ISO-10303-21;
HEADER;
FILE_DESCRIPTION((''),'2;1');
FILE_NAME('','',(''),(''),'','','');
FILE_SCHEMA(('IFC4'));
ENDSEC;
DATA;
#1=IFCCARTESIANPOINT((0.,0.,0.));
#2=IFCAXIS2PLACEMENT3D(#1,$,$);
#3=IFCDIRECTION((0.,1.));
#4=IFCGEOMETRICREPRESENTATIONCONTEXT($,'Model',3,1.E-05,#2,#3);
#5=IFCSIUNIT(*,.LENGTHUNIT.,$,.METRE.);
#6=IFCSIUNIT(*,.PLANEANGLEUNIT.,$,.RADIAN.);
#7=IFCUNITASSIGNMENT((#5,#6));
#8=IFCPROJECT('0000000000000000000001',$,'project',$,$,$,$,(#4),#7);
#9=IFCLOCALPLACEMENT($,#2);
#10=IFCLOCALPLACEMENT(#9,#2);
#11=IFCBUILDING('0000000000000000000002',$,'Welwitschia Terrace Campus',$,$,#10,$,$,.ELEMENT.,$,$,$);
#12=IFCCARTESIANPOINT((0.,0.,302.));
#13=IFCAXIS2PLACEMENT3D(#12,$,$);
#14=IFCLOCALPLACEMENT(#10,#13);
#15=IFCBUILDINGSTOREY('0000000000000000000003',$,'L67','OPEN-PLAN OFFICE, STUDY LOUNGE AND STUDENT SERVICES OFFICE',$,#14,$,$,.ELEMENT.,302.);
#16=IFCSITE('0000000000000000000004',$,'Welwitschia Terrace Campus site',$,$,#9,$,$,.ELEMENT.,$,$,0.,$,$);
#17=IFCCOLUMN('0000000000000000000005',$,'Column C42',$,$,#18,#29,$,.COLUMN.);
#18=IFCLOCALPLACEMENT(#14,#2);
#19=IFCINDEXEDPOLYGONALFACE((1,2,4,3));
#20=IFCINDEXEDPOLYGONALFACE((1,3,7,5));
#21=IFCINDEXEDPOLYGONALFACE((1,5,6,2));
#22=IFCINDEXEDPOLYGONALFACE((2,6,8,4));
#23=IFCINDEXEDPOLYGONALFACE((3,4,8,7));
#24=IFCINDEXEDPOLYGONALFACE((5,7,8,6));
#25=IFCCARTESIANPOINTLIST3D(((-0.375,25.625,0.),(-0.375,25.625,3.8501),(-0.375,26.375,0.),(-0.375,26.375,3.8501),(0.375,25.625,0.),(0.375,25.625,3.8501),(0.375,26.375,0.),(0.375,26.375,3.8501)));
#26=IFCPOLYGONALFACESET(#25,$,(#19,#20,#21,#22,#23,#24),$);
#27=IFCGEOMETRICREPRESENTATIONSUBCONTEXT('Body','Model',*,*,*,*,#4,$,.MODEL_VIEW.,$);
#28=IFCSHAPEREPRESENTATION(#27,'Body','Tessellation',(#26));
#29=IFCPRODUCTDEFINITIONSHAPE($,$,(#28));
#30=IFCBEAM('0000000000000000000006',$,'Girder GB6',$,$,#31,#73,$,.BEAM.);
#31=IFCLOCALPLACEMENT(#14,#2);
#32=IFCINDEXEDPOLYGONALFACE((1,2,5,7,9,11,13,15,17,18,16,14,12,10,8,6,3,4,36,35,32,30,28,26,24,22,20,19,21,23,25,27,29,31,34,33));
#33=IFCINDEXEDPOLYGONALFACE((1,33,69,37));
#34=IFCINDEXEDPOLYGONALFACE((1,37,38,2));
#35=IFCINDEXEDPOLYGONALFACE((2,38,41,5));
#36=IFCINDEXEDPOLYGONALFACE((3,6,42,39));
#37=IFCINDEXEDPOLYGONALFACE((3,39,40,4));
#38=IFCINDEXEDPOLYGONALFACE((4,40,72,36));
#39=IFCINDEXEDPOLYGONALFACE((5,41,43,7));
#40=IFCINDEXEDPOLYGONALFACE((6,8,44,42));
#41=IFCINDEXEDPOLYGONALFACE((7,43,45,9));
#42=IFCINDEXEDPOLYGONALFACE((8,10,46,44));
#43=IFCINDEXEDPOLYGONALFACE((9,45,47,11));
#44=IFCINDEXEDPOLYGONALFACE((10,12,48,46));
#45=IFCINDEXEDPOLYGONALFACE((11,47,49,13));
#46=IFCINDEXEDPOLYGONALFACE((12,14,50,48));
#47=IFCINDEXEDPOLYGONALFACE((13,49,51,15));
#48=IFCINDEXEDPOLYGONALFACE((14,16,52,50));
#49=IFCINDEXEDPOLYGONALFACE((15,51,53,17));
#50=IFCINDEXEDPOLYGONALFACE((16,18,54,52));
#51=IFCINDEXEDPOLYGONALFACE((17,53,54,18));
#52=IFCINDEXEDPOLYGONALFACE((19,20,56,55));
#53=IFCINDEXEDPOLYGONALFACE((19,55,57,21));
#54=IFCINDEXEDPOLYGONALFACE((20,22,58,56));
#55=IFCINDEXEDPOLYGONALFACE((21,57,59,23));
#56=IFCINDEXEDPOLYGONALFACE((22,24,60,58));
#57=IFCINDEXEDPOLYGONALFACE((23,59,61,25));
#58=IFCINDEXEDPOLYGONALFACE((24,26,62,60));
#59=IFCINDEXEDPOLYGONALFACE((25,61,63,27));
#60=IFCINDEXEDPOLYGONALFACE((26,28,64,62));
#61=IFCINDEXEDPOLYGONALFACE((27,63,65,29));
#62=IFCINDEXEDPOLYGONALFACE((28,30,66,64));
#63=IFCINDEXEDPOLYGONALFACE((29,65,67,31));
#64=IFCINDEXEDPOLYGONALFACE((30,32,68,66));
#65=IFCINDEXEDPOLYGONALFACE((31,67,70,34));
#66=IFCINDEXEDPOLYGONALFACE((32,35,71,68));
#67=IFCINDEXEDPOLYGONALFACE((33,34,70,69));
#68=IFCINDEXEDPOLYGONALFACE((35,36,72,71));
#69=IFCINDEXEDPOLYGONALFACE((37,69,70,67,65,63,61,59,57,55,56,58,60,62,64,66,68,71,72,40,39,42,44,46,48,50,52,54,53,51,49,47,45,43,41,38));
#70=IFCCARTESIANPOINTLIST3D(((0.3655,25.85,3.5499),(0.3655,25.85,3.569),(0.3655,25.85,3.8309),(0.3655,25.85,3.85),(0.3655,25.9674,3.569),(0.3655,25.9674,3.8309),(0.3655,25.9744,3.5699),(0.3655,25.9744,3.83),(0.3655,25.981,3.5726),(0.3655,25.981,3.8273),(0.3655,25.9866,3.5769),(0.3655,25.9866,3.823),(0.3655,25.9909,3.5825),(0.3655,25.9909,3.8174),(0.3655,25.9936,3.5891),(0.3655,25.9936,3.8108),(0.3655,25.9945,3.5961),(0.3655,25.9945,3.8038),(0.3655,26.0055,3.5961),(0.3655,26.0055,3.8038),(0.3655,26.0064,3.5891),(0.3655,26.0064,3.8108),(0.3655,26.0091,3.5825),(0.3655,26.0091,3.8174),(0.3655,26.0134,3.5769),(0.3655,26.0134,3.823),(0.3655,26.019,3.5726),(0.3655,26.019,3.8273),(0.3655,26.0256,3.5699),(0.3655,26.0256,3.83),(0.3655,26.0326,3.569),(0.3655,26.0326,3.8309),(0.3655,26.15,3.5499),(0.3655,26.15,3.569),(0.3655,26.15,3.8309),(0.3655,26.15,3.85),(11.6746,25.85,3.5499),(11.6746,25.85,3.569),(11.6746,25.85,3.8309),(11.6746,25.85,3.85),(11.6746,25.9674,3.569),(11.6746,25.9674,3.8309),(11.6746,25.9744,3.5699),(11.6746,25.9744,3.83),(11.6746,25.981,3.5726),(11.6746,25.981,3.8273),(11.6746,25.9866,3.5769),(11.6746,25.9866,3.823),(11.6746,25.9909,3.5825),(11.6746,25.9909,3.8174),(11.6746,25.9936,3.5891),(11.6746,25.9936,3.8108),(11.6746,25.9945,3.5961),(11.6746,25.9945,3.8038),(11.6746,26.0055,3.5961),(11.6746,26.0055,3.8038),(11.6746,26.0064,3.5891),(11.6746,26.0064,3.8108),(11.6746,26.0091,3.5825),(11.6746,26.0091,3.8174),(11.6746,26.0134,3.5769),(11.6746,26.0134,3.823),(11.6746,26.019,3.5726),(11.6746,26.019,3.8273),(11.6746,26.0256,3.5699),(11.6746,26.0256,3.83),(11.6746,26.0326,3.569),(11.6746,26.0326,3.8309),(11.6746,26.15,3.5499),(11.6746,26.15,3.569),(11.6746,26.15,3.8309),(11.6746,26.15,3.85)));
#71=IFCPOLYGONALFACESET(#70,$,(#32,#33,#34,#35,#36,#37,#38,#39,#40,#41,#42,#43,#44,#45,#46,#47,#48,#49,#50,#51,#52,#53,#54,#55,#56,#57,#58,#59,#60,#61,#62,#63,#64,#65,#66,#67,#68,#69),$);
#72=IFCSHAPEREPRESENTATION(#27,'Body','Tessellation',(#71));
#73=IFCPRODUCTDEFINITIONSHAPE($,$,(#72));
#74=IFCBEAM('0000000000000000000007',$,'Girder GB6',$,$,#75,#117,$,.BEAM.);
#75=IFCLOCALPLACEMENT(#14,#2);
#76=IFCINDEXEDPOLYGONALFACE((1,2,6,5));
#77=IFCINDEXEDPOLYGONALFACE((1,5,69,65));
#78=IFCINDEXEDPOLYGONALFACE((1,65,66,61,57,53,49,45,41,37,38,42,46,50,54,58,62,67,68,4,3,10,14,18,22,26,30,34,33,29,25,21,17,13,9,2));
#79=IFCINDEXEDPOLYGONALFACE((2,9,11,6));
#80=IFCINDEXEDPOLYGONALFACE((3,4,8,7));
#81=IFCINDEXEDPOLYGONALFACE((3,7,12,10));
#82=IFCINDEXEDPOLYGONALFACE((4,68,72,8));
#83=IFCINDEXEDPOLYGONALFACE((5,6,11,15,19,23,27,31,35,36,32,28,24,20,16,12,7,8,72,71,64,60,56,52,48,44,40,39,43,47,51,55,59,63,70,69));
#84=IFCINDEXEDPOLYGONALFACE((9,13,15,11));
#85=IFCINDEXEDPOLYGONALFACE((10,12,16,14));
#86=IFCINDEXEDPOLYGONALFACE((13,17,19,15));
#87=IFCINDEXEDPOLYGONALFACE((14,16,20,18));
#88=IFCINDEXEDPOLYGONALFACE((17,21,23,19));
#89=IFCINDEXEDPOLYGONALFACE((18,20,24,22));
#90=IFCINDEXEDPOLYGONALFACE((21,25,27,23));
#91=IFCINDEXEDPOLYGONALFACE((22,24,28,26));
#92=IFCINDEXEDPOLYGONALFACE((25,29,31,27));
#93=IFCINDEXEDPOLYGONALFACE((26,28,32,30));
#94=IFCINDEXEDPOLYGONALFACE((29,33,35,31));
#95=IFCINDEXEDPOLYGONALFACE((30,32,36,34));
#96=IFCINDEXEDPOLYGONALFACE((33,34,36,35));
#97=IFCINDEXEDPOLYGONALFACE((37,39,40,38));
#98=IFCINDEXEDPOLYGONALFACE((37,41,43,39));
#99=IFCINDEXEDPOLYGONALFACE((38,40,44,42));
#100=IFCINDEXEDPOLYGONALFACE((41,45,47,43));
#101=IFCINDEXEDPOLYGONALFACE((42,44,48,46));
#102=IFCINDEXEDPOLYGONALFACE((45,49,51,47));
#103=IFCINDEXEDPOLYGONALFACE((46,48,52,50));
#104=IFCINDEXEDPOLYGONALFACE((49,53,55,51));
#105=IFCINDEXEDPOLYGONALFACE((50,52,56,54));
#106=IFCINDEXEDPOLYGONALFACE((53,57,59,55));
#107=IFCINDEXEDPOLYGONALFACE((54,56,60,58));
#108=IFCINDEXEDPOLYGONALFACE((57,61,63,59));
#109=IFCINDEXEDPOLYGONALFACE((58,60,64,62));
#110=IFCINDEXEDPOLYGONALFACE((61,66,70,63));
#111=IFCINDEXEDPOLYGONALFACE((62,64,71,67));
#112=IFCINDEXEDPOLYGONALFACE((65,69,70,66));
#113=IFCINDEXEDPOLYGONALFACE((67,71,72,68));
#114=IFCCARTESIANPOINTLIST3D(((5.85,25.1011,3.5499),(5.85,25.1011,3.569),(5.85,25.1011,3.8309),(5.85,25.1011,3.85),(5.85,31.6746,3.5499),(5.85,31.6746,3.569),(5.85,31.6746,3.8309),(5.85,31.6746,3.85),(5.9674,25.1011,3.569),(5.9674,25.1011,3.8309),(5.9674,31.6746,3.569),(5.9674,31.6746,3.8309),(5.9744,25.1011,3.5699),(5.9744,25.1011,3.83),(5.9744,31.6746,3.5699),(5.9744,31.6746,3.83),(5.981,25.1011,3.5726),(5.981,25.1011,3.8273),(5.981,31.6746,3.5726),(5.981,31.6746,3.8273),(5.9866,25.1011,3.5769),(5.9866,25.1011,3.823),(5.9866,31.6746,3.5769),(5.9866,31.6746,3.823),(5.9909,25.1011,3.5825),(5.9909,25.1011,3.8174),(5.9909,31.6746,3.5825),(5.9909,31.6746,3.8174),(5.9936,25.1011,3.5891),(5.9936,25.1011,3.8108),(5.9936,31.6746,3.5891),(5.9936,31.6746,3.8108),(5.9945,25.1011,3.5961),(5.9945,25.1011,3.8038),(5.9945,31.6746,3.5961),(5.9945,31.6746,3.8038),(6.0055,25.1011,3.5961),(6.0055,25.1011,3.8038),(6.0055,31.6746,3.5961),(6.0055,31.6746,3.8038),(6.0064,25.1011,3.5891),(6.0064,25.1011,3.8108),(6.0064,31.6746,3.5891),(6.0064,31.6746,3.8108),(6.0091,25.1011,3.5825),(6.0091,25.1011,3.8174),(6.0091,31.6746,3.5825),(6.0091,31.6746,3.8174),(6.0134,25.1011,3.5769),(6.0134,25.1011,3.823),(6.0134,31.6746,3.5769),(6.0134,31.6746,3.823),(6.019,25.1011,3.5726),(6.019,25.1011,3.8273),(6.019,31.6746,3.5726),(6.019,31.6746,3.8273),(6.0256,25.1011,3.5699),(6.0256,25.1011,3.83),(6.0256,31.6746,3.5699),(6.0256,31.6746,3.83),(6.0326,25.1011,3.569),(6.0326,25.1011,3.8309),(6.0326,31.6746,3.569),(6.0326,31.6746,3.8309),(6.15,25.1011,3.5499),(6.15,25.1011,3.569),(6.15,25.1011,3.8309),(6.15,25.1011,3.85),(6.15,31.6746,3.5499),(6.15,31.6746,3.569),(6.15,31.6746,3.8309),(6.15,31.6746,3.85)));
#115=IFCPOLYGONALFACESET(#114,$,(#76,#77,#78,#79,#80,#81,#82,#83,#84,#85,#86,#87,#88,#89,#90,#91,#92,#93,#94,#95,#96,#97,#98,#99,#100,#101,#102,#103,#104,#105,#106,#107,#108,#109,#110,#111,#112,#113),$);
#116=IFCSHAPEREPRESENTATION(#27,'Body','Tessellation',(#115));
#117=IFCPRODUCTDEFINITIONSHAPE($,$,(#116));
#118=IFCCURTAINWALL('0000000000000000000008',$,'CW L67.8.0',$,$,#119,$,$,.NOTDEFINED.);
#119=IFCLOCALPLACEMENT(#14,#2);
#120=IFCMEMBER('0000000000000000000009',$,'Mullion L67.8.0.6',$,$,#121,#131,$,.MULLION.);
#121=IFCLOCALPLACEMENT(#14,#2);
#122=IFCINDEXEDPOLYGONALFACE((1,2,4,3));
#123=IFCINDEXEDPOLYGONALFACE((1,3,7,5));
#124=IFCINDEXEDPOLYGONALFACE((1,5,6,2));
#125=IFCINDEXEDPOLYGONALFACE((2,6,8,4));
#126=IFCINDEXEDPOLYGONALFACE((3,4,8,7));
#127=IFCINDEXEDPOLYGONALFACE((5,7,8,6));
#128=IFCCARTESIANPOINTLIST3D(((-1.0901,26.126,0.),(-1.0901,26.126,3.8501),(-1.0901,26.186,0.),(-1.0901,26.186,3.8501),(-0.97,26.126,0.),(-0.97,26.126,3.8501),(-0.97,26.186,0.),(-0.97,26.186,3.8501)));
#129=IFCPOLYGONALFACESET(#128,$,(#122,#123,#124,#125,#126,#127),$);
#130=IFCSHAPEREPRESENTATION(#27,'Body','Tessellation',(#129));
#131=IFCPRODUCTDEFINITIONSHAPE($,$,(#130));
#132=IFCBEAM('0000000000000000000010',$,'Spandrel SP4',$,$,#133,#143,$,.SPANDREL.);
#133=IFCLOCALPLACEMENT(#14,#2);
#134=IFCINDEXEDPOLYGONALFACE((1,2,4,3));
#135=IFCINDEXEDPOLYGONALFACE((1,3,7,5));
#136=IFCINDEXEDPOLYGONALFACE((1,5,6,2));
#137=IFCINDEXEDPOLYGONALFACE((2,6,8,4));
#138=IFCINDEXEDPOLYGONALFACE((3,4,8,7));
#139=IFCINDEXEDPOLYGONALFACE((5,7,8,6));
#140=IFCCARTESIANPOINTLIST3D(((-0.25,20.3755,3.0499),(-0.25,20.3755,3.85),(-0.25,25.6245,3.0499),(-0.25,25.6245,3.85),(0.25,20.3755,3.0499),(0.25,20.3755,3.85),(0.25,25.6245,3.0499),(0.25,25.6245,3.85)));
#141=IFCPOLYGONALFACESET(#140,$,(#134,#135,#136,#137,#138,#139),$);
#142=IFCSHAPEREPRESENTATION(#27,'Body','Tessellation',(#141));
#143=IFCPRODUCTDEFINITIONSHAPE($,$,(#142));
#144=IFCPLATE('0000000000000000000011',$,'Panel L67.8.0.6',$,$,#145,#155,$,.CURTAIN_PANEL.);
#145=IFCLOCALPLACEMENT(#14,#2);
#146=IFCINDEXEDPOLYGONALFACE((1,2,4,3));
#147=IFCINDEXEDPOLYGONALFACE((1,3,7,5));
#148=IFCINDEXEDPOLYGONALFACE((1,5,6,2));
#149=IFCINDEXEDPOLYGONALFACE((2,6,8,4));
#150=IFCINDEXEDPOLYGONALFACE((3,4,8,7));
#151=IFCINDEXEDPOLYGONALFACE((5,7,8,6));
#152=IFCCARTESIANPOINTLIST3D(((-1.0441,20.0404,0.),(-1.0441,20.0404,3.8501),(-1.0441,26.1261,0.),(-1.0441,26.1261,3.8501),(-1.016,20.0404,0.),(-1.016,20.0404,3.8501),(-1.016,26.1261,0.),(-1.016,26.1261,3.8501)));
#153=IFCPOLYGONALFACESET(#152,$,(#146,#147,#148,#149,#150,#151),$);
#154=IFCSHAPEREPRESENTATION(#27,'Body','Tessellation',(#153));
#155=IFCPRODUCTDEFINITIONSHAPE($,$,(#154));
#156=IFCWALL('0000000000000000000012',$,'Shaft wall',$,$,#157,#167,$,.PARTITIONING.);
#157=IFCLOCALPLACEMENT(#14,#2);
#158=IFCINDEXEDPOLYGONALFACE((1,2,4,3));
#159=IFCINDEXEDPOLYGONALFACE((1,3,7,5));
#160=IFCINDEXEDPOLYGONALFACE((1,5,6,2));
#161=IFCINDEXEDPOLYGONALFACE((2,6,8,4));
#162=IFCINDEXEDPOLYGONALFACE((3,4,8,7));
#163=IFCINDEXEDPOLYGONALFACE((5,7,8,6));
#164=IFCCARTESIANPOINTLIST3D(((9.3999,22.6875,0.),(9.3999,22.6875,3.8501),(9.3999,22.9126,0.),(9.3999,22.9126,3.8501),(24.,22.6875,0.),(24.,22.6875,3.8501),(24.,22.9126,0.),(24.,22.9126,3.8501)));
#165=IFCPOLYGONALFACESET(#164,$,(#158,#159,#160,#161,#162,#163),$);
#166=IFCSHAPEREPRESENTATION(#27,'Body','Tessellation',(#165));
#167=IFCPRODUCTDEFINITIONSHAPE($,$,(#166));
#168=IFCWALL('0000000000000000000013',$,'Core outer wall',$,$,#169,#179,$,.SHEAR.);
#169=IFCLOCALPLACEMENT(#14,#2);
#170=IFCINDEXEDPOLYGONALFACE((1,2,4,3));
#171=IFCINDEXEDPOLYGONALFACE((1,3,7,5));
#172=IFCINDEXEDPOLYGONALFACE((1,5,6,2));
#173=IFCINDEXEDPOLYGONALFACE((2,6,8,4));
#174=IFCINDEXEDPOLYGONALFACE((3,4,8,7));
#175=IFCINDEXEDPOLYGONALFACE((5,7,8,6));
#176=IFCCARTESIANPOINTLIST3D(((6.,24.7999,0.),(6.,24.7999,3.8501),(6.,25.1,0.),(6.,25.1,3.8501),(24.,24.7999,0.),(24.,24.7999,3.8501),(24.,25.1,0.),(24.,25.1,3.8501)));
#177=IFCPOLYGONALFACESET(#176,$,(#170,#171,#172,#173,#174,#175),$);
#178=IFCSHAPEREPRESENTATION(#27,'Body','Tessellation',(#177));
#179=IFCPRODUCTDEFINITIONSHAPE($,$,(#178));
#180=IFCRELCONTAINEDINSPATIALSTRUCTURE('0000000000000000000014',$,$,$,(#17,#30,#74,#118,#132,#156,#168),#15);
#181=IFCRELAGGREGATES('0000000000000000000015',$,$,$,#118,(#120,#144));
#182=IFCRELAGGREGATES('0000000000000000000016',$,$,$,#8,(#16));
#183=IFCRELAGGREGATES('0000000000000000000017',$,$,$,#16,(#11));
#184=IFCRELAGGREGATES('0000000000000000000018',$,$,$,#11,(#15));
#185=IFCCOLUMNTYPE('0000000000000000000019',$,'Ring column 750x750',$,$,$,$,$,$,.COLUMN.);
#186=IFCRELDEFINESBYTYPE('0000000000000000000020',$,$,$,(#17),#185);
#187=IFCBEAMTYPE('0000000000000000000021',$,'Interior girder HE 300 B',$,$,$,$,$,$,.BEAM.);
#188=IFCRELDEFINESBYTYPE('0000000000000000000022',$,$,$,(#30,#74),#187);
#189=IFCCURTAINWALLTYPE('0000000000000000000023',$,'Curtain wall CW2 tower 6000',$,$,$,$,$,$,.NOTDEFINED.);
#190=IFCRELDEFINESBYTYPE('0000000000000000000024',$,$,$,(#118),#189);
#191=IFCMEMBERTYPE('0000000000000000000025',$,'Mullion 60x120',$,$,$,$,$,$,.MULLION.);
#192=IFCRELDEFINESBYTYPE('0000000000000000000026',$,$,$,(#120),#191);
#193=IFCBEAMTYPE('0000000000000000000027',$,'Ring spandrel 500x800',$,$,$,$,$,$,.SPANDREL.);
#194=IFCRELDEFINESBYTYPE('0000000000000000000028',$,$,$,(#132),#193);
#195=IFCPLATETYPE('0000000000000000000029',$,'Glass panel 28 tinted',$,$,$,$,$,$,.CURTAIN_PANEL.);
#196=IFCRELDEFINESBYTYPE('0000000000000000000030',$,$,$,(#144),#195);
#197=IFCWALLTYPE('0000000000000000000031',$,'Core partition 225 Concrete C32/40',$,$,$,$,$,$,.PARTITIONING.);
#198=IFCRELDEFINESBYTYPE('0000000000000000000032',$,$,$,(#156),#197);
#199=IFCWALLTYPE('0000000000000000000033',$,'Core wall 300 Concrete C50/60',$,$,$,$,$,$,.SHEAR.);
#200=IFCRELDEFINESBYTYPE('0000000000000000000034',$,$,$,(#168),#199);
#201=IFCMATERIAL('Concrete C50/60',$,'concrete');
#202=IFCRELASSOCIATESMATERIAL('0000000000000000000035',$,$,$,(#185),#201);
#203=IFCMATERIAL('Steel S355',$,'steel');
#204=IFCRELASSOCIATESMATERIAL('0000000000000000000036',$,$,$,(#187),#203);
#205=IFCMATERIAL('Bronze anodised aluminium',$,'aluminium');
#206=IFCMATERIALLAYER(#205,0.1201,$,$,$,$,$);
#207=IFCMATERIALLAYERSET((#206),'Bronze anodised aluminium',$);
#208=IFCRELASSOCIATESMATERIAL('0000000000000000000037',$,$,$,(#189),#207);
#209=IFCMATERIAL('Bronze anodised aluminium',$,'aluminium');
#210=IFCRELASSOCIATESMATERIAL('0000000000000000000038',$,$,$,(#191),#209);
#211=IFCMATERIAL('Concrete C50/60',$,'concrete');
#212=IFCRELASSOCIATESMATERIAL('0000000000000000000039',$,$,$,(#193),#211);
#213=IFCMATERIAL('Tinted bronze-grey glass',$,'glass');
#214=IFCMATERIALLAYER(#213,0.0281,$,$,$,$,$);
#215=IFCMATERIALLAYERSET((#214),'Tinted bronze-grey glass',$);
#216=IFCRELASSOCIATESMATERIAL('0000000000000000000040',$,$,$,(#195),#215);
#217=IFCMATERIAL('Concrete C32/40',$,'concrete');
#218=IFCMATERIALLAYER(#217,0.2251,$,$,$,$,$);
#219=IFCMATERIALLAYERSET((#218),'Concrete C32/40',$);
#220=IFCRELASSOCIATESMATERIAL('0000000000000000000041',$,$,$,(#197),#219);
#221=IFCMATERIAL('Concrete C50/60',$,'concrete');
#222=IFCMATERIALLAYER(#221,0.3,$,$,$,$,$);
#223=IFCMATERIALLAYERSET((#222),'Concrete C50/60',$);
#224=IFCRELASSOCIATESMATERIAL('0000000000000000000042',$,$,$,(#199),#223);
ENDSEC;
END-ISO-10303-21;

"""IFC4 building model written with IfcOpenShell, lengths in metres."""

from ifc_helpers import new_model, si_unit, direction, frame, frame_2d, origin, origin_2d, place, context, subcontext, project, spatial, rectangle, i_section, extrude, material, layer, layer_set, material_profile, profile_set, type_object, element, aggregate, save


model = new_model("IFC4")

# Units and contexts
model_context = context("Model", 3, precision=1e-05, world=origin(), true_north=direction((0.0, 1.0)))
body_context = subcontext(model_context, "Body", "Model", "MODEL_VIEW")
ifc_project = project(units=[si_unit("LENGTHUNIT", "METRE"), si_unit("PLANEANGLEUNIT", "RADIAN")], contexts=[model_context])

# Site, building, storey
site_placement = place(None, origin())
site = spatial("IfcSite", under=ifc_project, at=site_placement, Name="Welwitschia Terrace Campus site", CompositionType="ELEMENT", RefElevation=0.0)
building_placement = place(site_placement, origin())
building = spatial("IfcBuilding", under=site, at=building_placement, Name="Welwitschia Terrace Campus", CompositionType="ELEMENT")
storey_placement = place(building_placement, frame((0.0, 0.0, 302.0)))
storey = spatial("IfcBuildingStorey", under=building, at=storey_placement, Name="L67", Description="OPEN-PLAN OFFICE, STUDY LOUNGE AND STUDENT SERVICES OFFICE", CompositionType="ELEMENT", Elevation=302.0)

# Column
ifc_material_1 = material(Name="Concrete C50/60", Category="concrete")
ifc_material_profile_1 = material_profile(ifc_material_1, rectangle(XDim=0.75, YDim=0.75, at=origin_2d()))
ifc_profile_set_1 = profile_set([ifc_material_profile_1], Name="Concrete C50/60")
column_type = type_object("IfcColumnType", Name="Ring column 750x750", PredefinedType="COLUMN", material=ifc_profile_set_1)
column_placement = place(storey_placement, frame((0.0, 26.0, 0.0), z_axis=(0.0, 0.0, 1.0), x_axis=(1.0, 0.0, 0.0)))
element("IfcColumn", 1, at=column_placement, inside=storey, type_object=column_type, Name="Column C42", PredefinedType="COLUMN", context=body_context, shape_type="SweptSolid", body=[
    extrude(rectangle(XDim=0.75, YDim=0.75, at=origin_2d()), origin(), (0.0, 0.0, 1.0), 3.8501),
])

# Beams
ifc_material_2 = material(Name="Steel S355", Category="steel")
ifc_material_profile_2 = material_profile(ifc_material_2, i_section(OverallWidth=0.3, OverallDepth=0.3, WebThickness=0.011, FlangeThickness=0.019, FilletRadius=0.0271, at=origin_2d()))
ifc_profile_set_2 = profile_set([ifc_material_profile_2], Name="Steel S355")
beam_type_1 = type_object("IfcBeamType", Name="Interior girder HE 300 B", PredefinedType="BEAM", material=ifc_profile_set_2)
beam_1_placement = place(storey_placement, frame((0.3655, 26.0, 3.7), z_axis=(1.0, 0.0, 0.0), x_axis=(0.0, 1.0, 0.0)))
element("IfcBeam", 2, at=beam_1_placement, inside=storey, type_object=beam_type_1, Name="Girder GB6", PredefinedType="BEAM", context=body_context, shape_type="SweptSolid", body=[
    extrude(i_section(OverallWidth=0.3, OverallDepth=0.3, WebThickness=0.011, FlangeThickness=0.019, FilletRadius=0.0271, at=origin_2d()), origin(), (0.0, 0.0, 1.0), 11.3091),
])
beam_2_placement = place(storey_placement, frame((6.0, 25.1011, 3.7), z_axis=(0.0, 1.0, 0.0), x_axis=(-1.0, 0.0, 0.0)))
element("IfcBeam", 3, at=beam_2_placement, inside=storey, type_object=beam_type_1, Name="Girder GB6", PredefinedType="BEAM", context=body_context, shape_type="SweptSolid", body=[
    extrude(i_section(OverallWidth=0.3, OverallDepth=0.3, WebThickness=0.011, FlangeThickness=0.019, FilletRadius=0.0271, at=origin_2d()), origin(), (0.0, 0.0, 1.0), 6.5735),
])

# Curtain wall, member
ifc_material_3 = material(Name="Bronze anodised aluminium", Category="aluminium")
ifc_layer_1 = layer(ifc_material_3, 0.1201)
ifc_layer_set_1 = layer_set([ifc_layer_1], Name="Bronze anodised aluminium")
curtain_wall_type = type_object("IfcCurtainWallType", Name="Curtain wall CW2 tower 6000", PredefinedType="NOTDEFINED", material=ifc_layer_set_1)
curtain_wall_placement = place(storey_placement, origin())
curtain_wall = element("IfcCurtainWall", 4, at=curtain_wall_placement, inside=storey, type_object=curtain_wall_type, Name="CW L67.8.0", PredefinedType="NOTDEFINED")
ifc_material_4 = material(Name="Bronze anodised aluminium", Category="aluminium")
ifc_material_profile_3 = material_profile(ifc_material_4, rectangle(XDim=0.1201, YDim=0.0601, at=origin_2d()))
ifc_profile_set_3 = profile_set([ifc_material_profile_3], Name="Bronze anodised aluminium")
member_type = type_object("IfcMemberType", Name="Mullion 60x120", PredefinedType="MULLION", material=ifc_profile_set_3)
member_placement = place(storey_placement, frame((-1.03, 26.156, 0.0), z_axis=(0.0, 0.0, 1.0), x_axis=(1.0, 0.0, 0.0)))
member = element("IfcMember", 5, at=member_placement, type_object=member_type, Name="Mullion L67.8.0.6", PredefinedType="MULLION", context=body_context, shape_type="SweptSolid", body=[
    extrude(rectangle(XDim=0.1201, YDim=0.0601, at=origin_2d()), origin(), (0.0, 0.0, 1.0), 3.8501),
])

# Beam
ifc_material_5 = material(Name="Concrete C50/60", Category="concrete")
ifc_material_profile_4 = material_profile(ifc_material_5, rectangle(XDim=0.5, YDim=0.8, at=origin_2d()))
ifc_profile_set_4 = profile_set([ifc_material_profile_4], Name="Concrete C50/60")
beam_type_2 = type_object("IfcBeamType", Name="Ring spandrel 500x800", PredefinedType="SPANDREL", material=ifc_profile_set_4)
beam_3_placement = place(storey_placement, frame((0.0, 25.6245, 3.45), z_axis=(0.0, -1.0, 0.0), x_axis=(1.0, 0.0, 0.0)))
element("IfcBeam", 6, at=beam_3_placement, inside=storey, type_object=beam_type_2, Name="Spandrel SP4", PredefinedType="SPANDREL", context=body_context, shape_type="SweptSolid", body=[
    extrude(rectangle(XDim=0.5, YDim=0.8, at=origin_2d()), origin(), (0.0, 0.0, 1.0), 5.249),
])

# Plate
ifc_material_6 = material(Name="Tinted bronze-grey glass", Category="glass")
ifc_layer_2 = layer(ifc_material_6, 0.0281)
ifc_layer_set_2 = layer_set([ifc_layer_2], Name="Tinted bronze-grey glass")
plate_type = type_object("IfcPlateType", Name="Glass panel 28 tinted", PredefinedType="CURTAIN_PANEL", material=ifc_layer_set_2)
plate_placement = place(storey_placement, frame((-1.03, 23.0833, 0.0), z_axis=(0.0, 0.0, 1.0), x_axis=(0.0, -1.0, 0.0)))
plate = element("IfcPlate", 7, at=plate_placement, type_object=plate_type, Name="Panel L67.8.0.6", PredefinedType="CURTAIN_PANEL", context=body_context, shape_type="SweptSolid", body=[
    extrude(rectangle(XDim=6.0857, YDim=0.0281, at=origin_2d()), origin(), (0.0, 0.0, 1.0), 3.8501),
])
aggregate(curtain_wall, [member, plate])

# Walls
ifc_material_7 = material(Name="Concrete C32/40", Category="concrete")
ifc_layer_3 = layer(ifc_material_7, 0.2251)
ifc_layer_set_3 = layer_set([ifc_layer_3], Name="Concrete C32/40")
wall_type_1 = type_object("IfcWallType", Name="Core partition 225 Concrete C32/40", PredefinedType="PARTITIONING", material=ifc_layer_set_3)
wall_1_placement = place(storey_placement, frame((9.3999, 22.8, 0.0), z_axis=(0.0, 0.0, 1.0), x_axis=(1.0, 0.0, 0.0)))
element("IfcWall", 8, at=wall_1_placement, inside=storey, type_object=wall_type_1, Name="Shaft wall", PredefinedType="PARTITIONING", context=body_context, shape_type="SweptSolid", body=[
    extrude(rectangle(XDim=14.6001, YDim=0.2251, at=frame_2d((7.3, 0.0))), origin(), (0.0, 0.0, 1.0), 3.8501),
])
ifc_material_8 = material(Name="Concrete C50/60", Category="concrete")
ifc_layer_4 = layer(ifc_material_8, 0.3)
ifc_layer_set_4 = layer_set([ifc_layer_4], Name="Concrete C50/60")
wall_type_2 = type_object("IfcWallType", Name="Core wall 300 Concrete C50/60", PredefinedType="SHEAR", material=ifc_layer_set_4)
wall_2_placement = place(storey_placement, frame((6.0, 24.95, 0.0), z_axis=(0.0, 0.0, 1.0), x_axis=(1.0, 0.0, 0.0)))
element("IfcWall", 9, at=wall_2_placement, inside=storey, type_object=wall_type_2, Name="Core outer wall", PredefinedType="SHEAR", context=body_context, shape_type="SweptSolid", body=[
    extrude(rectangle(XDim=18.0, YDim=0.3, at=frame_2d((9.0, 0.0))), origin(), (0.0, 0.0, 1.0), 3.8501),
])

save(model, "model.ifc")
